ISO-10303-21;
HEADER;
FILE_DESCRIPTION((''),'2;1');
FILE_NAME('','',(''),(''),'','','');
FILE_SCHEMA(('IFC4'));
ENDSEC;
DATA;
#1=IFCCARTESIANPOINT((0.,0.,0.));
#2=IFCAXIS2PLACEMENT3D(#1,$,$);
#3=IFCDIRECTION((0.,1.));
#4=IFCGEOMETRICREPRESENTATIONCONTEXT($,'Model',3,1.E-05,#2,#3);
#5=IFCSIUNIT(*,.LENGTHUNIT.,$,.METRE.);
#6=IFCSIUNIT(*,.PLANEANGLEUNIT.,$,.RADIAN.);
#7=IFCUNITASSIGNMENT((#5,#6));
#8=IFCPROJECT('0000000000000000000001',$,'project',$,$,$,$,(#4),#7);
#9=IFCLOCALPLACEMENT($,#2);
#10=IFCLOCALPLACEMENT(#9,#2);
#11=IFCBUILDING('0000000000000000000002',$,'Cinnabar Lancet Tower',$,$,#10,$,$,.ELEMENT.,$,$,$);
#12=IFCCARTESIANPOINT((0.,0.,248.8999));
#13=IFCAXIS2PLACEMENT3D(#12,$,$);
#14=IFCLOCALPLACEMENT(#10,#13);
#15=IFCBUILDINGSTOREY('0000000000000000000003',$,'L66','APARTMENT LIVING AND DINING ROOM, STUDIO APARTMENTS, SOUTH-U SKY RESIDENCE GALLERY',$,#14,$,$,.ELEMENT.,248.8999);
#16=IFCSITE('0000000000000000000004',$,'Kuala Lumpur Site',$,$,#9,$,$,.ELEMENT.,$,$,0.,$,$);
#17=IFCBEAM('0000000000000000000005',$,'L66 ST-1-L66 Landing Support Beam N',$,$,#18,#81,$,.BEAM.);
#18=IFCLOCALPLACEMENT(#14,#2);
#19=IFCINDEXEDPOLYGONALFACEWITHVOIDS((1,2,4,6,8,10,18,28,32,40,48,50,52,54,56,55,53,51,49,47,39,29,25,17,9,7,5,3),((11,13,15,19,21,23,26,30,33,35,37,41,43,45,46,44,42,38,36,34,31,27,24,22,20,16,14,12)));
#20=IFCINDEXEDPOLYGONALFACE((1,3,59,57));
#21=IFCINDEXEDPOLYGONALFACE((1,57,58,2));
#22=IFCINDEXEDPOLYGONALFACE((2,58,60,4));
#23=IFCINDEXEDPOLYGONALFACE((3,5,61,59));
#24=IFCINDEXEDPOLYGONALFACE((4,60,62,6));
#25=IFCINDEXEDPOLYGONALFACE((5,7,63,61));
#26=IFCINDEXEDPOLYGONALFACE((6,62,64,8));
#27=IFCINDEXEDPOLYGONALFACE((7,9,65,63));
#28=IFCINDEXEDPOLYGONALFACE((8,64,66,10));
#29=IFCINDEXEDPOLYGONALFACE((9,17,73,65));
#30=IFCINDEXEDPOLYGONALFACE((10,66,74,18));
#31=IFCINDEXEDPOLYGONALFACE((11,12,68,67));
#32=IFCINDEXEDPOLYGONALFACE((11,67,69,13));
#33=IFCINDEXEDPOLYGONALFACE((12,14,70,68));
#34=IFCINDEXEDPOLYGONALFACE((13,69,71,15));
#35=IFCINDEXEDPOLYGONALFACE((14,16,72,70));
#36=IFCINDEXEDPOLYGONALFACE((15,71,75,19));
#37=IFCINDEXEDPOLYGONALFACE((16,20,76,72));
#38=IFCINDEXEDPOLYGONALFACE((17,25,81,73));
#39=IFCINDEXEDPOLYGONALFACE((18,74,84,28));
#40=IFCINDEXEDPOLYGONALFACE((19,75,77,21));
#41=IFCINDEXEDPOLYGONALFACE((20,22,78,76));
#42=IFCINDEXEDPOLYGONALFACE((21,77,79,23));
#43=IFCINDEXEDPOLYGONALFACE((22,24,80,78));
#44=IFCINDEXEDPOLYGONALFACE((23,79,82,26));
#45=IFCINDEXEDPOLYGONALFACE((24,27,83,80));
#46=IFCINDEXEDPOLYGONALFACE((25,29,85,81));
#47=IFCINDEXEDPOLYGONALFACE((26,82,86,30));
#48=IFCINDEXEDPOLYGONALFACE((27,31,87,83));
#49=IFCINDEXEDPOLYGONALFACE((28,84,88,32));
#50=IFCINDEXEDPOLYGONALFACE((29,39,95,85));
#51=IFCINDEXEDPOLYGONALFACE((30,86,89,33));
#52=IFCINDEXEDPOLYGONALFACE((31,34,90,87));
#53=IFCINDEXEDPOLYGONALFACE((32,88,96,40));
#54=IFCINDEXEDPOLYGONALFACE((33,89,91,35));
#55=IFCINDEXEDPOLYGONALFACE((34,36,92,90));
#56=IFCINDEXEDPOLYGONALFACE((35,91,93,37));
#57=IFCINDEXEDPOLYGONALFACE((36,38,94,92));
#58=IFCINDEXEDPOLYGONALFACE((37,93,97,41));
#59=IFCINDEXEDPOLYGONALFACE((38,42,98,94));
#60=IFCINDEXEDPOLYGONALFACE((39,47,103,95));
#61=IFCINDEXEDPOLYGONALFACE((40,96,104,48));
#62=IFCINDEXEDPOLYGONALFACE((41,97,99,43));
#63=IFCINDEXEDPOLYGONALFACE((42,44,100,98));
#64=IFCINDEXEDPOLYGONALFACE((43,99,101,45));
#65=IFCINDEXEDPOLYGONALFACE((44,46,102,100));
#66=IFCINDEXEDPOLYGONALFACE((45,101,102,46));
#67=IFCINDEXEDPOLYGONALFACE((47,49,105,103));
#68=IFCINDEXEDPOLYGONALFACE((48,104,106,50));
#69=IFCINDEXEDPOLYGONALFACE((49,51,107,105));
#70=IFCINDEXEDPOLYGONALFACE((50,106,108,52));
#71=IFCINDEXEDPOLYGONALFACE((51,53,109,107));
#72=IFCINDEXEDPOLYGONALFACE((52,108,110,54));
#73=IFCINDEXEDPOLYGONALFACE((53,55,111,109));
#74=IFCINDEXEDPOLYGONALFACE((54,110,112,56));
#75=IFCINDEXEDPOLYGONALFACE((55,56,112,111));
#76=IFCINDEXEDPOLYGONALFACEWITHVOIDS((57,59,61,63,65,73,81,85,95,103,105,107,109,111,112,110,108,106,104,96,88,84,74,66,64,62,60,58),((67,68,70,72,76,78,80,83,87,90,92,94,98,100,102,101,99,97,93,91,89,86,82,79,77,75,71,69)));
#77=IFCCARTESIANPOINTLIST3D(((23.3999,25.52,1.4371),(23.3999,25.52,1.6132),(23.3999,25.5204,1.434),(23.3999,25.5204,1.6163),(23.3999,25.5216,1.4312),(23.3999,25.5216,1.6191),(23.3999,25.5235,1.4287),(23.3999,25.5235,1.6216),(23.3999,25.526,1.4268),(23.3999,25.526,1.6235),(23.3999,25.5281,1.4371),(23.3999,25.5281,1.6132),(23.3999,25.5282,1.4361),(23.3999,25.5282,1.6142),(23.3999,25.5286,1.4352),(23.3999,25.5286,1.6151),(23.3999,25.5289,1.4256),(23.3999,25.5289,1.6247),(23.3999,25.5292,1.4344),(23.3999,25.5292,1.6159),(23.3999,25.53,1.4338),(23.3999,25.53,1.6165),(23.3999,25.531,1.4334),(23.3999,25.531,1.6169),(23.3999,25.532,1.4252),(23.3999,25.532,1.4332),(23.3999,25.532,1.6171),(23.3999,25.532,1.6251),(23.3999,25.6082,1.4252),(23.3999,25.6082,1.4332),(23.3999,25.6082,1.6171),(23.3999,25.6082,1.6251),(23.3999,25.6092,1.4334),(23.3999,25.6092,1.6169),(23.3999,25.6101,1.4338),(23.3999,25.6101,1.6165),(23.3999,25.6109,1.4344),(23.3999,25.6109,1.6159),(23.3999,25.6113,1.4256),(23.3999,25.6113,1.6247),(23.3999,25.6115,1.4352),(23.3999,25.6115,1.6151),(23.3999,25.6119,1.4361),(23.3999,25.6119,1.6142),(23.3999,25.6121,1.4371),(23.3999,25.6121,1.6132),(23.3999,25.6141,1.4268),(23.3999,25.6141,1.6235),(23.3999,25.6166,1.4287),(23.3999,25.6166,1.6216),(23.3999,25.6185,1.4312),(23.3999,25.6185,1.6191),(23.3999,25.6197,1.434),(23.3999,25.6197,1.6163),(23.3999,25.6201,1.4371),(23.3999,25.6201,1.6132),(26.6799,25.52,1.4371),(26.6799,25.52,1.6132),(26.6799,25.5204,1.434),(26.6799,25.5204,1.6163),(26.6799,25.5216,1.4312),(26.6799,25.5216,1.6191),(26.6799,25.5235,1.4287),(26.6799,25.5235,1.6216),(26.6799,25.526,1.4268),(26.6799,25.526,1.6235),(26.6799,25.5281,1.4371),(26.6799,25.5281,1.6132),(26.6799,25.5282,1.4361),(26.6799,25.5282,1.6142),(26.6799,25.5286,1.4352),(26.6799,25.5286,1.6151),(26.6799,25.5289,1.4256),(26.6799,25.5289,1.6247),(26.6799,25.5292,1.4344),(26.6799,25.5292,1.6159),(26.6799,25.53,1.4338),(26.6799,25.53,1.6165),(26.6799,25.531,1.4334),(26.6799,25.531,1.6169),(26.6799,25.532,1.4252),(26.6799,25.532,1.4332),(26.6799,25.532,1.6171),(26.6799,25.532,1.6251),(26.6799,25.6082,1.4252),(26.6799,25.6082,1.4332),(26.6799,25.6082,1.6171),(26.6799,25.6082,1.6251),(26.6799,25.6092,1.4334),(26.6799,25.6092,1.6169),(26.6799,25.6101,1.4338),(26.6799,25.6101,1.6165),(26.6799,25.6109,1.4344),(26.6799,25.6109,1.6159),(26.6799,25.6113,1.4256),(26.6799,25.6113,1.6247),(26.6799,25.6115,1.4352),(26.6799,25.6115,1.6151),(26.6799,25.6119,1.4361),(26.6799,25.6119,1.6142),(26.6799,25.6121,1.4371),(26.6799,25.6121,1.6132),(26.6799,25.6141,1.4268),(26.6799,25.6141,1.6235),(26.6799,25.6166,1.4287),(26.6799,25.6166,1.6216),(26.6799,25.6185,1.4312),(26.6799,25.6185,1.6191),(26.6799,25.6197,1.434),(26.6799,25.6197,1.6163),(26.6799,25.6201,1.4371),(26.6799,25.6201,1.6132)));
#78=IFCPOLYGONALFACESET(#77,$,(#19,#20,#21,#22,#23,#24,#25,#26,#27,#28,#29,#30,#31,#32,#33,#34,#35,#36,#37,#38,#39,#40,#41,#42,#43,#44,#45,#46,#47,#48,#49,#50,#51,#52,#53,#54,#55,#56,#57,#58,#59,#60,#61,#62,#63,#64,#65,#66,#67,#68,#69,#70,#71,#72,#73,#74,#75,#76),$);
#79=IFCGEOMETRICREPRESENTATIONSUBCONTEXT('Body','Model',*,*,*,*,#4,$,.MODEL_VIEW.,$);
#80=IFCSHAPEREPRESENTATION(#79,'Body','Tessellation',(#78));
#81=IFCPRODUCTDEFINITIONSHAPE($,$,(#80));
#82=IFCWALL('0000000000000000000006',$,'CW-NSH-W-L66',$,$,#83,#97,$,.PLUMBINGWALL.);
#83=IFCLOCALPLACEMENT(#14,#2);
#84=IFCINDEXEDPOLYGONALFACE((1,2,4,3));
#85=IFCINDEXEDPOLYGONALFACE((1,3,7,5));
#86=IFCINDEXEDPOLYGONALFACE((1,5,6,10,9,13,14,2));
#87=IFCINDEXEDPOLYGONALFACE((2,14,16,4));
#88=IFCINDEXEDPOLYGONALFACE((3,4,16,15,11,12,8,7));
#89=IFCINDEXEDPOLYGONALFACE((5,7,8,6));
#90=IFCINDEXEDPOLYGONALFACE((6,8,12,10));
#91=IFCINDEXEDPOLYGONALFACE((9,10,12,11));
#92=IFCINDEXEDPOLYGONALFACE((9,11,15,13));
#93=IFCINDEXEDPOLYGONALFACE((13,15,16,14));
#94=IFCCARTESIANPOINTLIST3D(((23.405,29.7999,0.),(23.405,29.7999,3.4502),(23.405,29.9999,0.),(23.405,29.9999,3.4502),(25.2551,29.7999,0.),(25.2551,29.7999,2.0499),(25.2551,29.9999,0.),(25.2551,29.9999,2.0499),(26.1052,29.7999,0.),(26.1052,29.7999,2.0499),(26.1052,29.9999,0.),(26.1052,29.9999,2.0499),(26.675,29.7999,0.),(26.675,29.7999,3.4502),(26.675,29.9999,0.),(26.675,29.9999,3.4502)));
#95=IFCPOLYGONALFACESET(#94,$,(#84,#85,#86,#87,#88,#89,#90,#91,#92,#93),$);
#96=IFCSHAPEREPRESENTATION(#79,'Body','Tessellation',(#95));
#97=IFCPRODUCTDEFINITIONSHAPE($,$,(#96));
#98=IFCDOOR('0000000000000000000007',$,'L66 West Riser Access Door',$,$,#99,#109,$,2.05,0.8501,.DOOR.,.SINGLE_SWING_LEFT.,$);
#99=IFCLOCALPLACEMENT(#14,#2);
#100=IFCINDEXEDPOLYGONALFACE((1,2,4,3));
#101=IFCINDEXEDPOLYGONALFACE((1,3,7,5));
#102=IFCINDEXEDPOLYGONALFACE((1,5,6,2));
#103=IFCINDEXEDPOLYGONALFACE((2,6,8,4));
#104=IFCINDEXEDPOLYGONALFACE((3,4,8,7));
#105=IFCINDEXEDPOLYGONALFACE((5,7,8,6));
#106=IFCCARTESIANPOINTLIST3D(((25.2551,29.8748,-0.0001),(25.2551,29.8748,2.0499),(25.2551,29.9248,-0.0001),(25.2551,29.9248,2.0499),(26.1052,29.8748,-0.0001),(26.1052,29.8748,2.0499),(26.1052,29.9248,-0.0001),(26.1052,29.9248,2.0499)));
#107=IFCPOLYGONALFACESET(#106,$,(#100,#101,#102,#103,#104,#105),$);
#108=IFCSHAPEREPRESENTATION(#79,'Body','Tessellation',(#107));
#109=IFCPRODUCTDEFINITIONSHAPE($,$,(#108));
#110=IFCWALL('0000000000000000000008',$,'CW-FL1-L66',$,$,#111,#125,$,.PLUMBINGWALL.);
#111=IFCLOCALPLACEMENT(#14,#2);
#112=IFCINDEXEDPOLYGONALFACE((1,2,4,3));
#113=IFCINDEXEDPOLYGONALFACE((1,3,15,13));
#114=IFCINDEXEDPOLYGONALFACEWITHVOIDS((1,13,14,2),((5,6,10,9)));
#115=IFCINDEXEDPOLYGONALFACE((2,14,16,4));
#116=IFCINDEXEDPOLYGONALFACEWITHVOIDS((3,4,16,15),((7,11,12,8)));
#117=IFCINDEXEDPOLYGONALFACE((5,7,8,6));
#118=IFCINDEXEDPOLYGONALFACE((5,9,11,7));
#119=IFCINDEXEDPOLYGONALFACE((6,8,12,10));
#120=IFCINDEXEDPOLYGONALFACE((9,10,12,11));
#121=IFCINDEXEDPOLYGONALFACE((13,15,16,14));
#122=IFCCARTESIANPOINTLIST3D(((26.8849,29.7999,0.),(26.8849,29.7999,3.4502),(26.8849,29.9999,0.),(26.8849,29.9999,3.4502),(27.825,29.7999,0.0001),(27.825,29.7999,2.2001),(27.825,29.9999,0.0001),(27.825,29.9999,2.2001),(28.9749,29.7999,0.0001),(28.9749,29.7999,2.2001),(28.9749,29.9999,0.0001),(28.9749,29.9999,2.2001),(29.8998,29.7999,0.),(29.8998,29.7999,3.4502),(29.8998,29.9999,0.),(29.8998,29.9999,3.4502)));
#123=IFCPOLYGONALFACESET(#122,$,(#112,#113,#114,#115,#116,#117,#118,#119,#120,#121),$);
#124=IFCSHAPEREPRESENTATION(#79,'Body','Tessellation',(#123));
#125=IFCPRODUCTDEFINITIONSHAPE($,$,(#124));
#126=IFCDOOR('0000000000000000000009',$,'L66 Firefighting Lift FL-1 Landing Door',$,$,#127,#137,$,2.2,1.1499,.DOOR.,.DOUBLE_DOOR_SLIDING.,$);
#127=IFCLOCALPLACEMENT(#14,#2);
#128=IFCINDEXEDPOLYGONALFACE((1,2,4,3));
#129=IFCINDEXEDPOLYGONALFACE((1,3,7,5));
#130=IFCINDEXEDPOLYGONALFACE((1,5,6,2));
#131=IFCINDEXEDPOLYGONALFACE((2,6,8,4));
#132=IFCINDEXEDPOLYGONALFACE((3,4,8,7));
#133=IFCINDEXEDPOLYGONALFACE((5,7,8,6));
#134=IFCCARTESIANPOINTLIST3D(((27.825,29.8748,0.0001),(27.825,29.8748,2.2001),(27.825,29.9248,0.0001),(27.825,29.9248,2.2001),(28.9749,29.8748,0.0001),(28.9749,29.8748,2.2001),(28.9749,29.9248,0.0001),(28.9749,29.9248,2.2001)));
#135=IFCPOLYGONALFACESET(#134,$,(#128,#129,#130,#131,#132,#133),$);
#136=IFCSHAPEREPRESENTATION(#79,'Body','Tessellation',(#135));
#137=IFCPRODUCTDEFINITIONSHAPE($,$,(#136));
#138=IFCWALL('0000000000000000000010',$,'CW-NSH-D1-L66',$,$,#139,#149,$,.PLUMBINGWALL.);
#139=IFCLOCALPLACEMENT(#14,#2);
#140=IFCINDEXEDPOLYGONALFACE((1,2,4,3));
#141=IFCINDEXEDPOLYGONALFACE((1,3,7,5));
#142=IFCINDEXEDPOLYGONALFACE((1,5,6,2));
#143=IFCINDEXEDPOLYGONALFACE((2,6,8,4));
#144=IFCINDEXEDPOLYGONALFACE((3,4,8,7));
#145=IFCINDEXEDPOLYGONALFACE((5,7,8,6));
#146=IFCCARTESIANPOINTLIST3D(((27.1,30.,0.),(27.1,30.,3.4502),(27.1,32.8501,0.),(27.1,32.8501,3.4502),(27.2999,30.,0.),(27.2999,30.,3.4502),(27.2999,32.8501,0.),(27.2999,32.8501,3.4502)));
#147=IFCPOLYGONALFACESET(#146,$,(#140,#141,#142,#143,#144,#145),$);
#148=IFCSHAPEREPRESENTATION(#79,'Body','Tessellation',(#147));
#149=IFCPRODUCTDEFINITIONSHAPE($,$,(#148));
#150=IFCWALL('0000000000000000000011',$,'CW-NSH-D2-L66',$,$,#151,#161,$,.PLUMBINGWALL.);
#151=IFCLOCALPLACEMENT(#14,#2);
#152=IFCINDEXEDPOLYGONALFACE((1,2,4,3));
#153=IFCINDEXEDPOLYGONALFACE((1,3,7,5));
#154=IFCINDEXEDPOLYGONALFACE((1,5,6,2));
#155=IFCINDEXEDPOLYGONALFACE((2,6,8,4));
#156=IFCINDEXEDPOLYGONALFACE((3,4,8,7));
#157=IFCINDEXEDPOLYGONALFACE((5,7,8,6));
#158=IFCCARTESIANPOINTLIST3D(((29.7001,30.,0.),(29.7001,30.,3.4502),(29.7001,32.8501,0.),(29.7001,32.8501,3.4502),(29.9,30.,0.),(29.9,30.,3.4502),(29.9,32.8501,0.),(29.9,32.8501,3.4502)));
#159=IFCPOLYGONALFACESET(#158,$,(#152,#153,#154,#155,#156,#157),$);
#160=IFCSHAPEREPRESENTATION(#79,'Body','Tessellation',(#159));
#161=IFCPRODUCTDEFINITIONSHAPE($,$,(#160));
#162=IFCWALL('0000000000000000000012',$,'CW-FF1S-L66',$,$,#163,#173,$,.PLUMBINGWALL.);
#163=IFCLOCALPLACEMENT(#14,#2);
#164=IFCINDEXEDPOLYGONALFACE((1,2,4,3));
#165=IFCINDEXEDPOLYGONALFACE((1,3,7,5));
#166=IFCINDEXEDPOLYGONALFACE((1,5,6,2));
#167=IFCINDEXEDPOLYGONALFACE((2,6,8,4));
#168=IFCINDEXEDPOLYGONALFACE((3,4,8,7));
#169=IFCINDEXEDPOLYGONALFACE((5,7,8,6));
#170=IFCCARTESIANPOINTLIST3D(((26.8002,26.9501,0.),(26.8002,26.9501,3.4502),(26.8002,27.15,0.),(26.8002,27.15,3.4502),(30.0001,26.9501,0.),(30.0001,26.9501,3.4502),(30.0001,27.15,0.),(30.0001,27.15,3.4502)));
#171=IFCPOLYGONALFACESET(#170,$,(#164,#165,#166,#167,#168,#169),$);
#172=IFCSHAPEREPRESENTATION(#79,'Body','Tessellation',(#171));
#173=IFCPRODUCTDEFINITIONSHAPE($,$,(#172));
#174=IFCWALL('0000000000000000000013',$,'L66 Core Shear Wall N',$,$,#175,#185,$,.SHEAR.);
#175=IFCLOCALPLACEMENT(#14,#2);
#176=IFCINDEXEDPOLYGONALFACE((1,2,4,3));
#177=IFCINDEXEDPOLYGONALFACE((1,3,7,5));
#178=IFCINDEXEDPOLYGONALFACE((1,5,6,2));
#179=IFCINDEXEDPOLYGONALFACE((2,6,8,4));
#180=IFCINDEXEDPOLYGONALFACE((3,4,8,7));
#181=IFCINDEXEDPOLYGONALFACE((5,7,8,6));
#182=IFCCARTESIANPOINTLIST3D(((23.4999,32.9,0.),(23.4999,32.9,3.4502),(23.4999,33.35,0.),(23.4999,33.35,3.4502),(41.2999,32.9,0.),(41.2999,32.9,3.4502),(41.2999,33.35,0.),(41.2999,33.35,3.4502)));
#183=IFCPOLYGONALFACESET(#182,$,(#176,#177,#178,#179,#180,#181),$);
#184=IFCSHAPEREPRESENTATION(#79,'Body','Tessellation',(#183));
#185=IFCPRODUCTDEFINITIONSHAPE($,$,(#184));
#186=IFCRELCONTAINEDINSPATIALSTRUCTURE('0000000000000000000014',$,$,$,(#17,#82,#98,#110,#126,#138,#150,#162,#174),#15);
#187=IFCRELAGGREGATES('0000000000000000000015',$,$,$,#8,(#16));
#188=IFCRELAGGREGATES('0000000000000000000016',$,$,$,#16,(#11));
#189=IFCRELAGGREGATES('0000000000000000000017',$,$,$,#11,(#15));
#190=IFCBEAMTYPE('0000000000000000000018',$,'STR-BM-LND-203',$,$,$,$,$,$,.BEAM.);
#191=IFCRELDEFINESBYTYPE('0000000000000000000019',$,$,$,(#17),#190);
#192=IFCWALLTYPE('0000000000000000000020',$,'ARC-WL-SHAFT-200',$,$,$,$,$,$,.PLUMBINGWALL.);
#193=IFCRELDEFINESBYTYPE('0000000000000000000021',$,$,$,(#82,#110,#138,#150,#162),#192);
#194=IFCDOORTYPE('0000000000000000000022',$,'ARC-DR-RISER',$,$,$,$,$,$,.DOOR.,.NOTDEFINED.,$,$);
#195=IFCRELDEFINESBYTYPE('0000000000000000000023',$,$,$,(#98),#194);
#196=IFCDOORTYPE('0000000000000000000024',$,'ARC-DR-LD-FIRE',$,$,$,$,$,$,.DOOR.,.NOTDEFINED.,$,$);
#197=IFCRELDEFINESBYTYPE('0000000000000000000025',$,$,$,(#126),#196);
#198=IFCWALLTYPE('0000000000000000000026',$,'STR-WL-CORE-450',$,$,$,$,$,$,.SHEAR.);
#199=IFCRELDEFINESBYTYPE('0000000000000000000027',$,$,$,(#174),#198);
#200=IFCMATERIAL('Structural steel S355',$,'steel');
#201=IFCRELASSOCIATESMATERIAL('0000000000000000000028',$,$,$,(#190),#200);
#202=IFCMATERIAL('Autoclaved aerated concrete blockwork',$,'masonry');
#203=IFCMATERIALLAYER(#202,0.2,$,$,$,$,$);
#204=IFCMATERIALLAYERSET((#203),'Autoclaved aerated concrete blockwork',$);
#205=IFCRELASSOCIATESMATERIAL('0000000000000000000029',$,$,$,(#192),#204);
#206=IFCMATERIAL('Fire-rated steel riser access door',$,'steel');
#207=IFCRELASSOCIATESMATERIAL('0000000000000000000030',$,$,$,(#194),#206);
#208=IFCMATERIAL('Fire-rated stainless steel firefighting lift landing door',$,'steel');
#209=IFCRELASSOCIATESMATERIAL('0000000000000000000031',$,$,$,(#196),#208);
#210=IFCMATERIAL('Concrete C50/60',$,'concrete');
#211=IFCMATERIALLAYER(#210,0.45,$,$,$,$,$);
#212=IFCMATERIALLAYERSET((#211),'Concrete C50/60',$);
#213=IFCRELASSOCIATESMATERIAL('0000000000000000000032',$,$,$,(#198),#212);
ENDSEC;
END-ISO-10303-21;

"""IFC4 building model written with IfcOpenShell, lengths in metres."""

from ifc_helpers import new_model, si_unit, direction, frame, frame_2d, origin, origin_2d, place, context, subcontext, project, spatial, rectangle, hollow_rectangle, extrude, material, layer, layer_set, material_profile, profile_set, type_object, element, fill, save


model = new_model("IFC4")

# Units and contexts
model_context = context("Model", 3, precision=1e-05, world=origin(), true_north=direction((0.0, 1.0)))
body_context = subcontext(model_context, "Body", "Model", "MODEL_VIEW")
ifc_project = project(units=[si_unit("LENGTHUNIT", "METRE"), si_unit("PLANEANGLEUNIT", "RADIAN")], contexts=[model_context])

# Site, building, storey
site_placement = place(None, origin())
site = spatial("IfcSite", under=ifc_project, at=site_placement, Name="Kuala Lumpur Site", CompositionType="ELEMENT", RefElevation=0.0)
building_placement = place(site_placement, origin())
building = spatial("IfcBuilding", under=site, at=building_placement, Name="Cinnabar Lancet Tower", CompositionType="ELEMENT")
storey_placement = place(building_placement, frame((0.0, 0.0, 248.8999)))
storey = spatial("IfcBuildingStorey", under=building, at=storey_placement, Name="L66", Description="APARTMENT LIVING AND DINING ROOM, STUDIO APARTMENTS, SOUTH-U SKY RESIDENCE GALLERY", CompositionType="ELEMENT", Elevation=248.8999)

# Beam
ifc_material_1 = material(Name="Structural steel S355", Category="steel")
ifc_material_profile_1 = material_profile(ifc_material_1, hollow_rectangle(XDim=0.1001, YDim=0.2, WallThickness=0.0081, InnerFilletRadius=0.0039, OuterFilletRadius=0.012, at=origin_2d()), Name="RHS 200x100x8")
ifc_profile_set_1 = profile_set([ifc_material_profile_1], Name="Structural steel S355")
beam_type_1 = type_object("IfcBeamType", Name="STR-BM-LND-203", PredefinedType="BEAM", material=ifc_profile_set_1)
beam_1_placement = place(storey_placement, frame((23.3999, 25.5701, 1.5251), z_axis=(1.0, 0.0, 0.0), x_axis=(0.0, 1.0, 0.0)))
element("IfcBeam", 1, at=beam_1_placement, inside=storey, type_object=beam_type_1, Name="L66 ST-1-L66 Landing Support Beam N", PredefinedType="BEAM", context=body_context, shape_type="SweptSolid", body=[
    extrude(hollow_rectangle(XDim=0.1001, YDim=0.2, WallThickness=0.0081, InnerFilletRadius=0.0039, OuterFilletRadius=0.012, at=origin_2d()), origin(), (0.0, 0.0, 1.0), 3.28),
])

# Walls, openings, doors
ifc_material_2 = material(Name="Autoclaved aerated concrete blockwork", Category="masonry")
ifc_layer_1 = layer(ifc_material_2, 0.2)
ifc_layer_set_1 = layer_set([ifc_layer_1], Name="Autoclaved aerated concrete blockwork")
wall_type_1 = type_object("IfcWallType", Name="ARC-WL-SHAFT-200", PredefinedType="PLUMBINGWALL", material=ifc_layer_set_1)
wall_1_placement = place(storey_placement, frame((23.405, 29.8999, 0.0), z_axis=(0.0, 0.0, 1.0), x_axis=(1.0, 0.0, 0.0)))
wall_1 = element("IfcWall", 2, at=wall_1_placement, inside=storey, type_object=wall_type_1, Name="CW-NSH-W-L66", PredefinedType="PLUMBINGWALL", context=body_context, shape_type="SweptSolid", body=[
    extrude(rectangle(XDim=3.27, YDim=0.2, at=frame_2d((1.635, 0.0))), origin(), (0.0, 0.0, 1.0), 3.4502),
])
opening_1_placement = place(wall_1_placement, frame((1.8501, 0.0, 0.0)))
opening_1 = element("IfcOpeningElement", 3, at=opening_1_placement, cuts=wall_1, PredefinedType="OPENING", context=body_context, shape_type="SweptSolid", body=[
    extrude(rectangle(XDim=0.8501, YDim=2.05, at=frame_2d((0.425, 1.0249))), frame((0.0, 0.1099, 0.0), z_axis=(0.0, -1.0, 0.0), x_axis=(1.0, 0.0, 0.0)), (0.0, 0.0, 1.0), 0.22),
])
ifc_material_3 = material(Name="Fire-rated steel riser access door", Category="steel")
door_type_1 = type_object("IfcDoorType", Name="ARC-DR-RISER", OperationType="NOTDEFINED", PredefinedType="DOOR", material=ifc_material_3)
door_1_placement = place(opening_1_placement, origin())
door_1 = element("IfcDoor", 4, at=door_1_placement, inside=storey, type_object=door_type_1, Name="L66 West Riser Access Door", OperationType="SINGLE_SWING_LEFT", OverallHeight=2.05, OverallWidth=0.8501, PredefinedType="DOOR", context=body_context, shape_type="SweptSolid", body=[
    extrude(rectangle(XDim=0.8501, YDim=2.05, at=frame_2d((0.425, 1.0249))), frame((0.0, 0.0249, 0.0), z_axis=(0.0, -1.0, 0.0), x_axis=(1.0, 0.0, 0.0)), (0.0, 0.0, 1.0), 0.05),
])
fill(opening_1, door_1)
wall_2_placement = place(storey_placement, frame((26.885, 29.8999, 0.0), z_axis=(0.0, 0.0, 1.0), x_axis=(1.0, 0.0, 0.0)))
wall_2 = element("IfcWall", 5, at=wall_2_placement, inside=storey, type_object=wall_type_1, Name="CW-FL1-L66", PredefinedType="PLUMBINGWALL", context=body_context, shape_type="SweptSolid", body=[
    extrude(rectangle(XDim=3.0149, YDim=0.2, at=frame_2d((1.5073, 0.0))), origin(), (0.0, 0.0, 1.0), 3.4502),
])
opening_2_placement = place(wall_2_placement, frame((0.9399, 0.0, 0.0)))
opening_2 = element("IfcOpeningElement", 6, at=opening_2_placement, cuts=wall_2, PredefinedType="OPENING", context=body_context, shape_type="SweptSolid", body=[
    extrude(rectangle(XDim=1.1499, YDim=2.2, at=frame_2d((0.575, 1.1001))), frame((0.0, 0.1099, 0.0), z_axis=(0.0, -1.0, 0.0), x_axis=(1.0, 0.0, 0.0)), (0.0, 0.0, 1.0), 0.22),
])
ifc_material_4 = material(Name="Fire-rated stainless steel firefighting lift landing door", Category="steel")
door_type_2 = type_object("IfcDoorType", Name="ARC-DR-LD-FIRE", OperationType="NOTDEFINED", PredefinedType="DOOR", material=ifc_material_4)
door_2_placement = place(opening_2_placement, origin())
door_2 = element("IfcDoor", 7, at=door_2_placement, inside=storey, type_object=door_type_2, Name="L66 Firefighting Lift FL-1 Landing Door", OperationType="DOUBLE_DOOR_SLIDING", OverallHeight=2.2, OverallWidth=1.1499, PredefinedType="DOOR", context=body_context, shape_type="SweptSolid", body=[
    extrude(rectangle(XDim=1.1499, YDim=2.2, at=frame_2d((0.575, 1.1001))), frame((0.0, 0.0249, 0.0), z_axis=(0.0, -1.0, 0.0), x_axis=(1.0, 0.0, 0.0)), (0.0, 0.0, 1.0), 0.05),
])
fill(opening_2, door_2)

# Walls
for number, where, z_axis, x_axis, name in (
    (8, (27.2, 30.0, 0.0), (0.0, 0.0, 1.0), (0.0, 1.0, 0.0), "CW-NSH-D1-L66"),
    (9, (29.8, 30.0, 0.0), (0.0, 0.0, 1.0), (0.0, 1.0, 0.0), "CW-NSH-D2-L66"),
):
    element("IfcWall", number, at=place(storey_placement, frame(where, z_axis=z_axis, x_axis=x_axis)), inside=storey, type_object=wall_type_1, Name=name, PredefinedType="PLUMBINGWALL", context=body_context, shape_type="SweptSolid", body=[
        extrude(rectangle(XDim=2.8501, YDim=0.2, at=frame_2d((1.425, 0.0))), origin(), (0.0, 0.0, 1.0), 3.4502),
    ])
wall_3_placement = place(storey_placement, frame((26.8, 27.05, 0.0), z_axis=(0.0, 0.0, 1.0), x_axis=(1.0, 0.0, 0.0)))
element("IfcWall", 10, at=wall_3_placement, inside=storey, type_object=wall_type_1, Name="CW-FF1S-L66", PredefinedType="PLUMBINGWALL", context=body_context, shape_type="SweptSolid", body=[
    extrude(rectangle(XDim=3.2, YDim=0.2, at=frame_2d((1.6001, 0.0))), origin(), (0.0, 0.0, 1.0), 3.4502),
])
ifc_material_5 = material(Name="Concrete C50/60", Category="concrete")
ifc_layer_2 = layer(ifc_material_5, 0.45)
ifc_layer_set_2 = layer_set([ifc_layer_2], Name="Concrete C50/60")
wall_type_2 = type_object("IfcWallType", Name="STR-WL-CORE-450", PredefinedType="SHEAR", material=ifc_layer_set_2)
wall_4_placement = place(storey_placement, frame((23.5, 33.125, 0.0), z_axis=(0.0, 0.0, 1.0), x_axis=(1.0, 0.0, 0.0)))
element("IfcWall", 11, at=wall_4_placement, inside=storey, type_object=wall_type_2, Name="L66 Core Shear Wall N", PredefinedType="SHEAR", context=body_context, shape_type="SweptSolid", body=[
    extrude(rectangle(XDim=17.8, YDim=0.45, at=frame_2d((8.8999, 0.0))), origin(), (0.0, 0.0, 1.0), 3.4502),
])

save(model, "model.ifc")
